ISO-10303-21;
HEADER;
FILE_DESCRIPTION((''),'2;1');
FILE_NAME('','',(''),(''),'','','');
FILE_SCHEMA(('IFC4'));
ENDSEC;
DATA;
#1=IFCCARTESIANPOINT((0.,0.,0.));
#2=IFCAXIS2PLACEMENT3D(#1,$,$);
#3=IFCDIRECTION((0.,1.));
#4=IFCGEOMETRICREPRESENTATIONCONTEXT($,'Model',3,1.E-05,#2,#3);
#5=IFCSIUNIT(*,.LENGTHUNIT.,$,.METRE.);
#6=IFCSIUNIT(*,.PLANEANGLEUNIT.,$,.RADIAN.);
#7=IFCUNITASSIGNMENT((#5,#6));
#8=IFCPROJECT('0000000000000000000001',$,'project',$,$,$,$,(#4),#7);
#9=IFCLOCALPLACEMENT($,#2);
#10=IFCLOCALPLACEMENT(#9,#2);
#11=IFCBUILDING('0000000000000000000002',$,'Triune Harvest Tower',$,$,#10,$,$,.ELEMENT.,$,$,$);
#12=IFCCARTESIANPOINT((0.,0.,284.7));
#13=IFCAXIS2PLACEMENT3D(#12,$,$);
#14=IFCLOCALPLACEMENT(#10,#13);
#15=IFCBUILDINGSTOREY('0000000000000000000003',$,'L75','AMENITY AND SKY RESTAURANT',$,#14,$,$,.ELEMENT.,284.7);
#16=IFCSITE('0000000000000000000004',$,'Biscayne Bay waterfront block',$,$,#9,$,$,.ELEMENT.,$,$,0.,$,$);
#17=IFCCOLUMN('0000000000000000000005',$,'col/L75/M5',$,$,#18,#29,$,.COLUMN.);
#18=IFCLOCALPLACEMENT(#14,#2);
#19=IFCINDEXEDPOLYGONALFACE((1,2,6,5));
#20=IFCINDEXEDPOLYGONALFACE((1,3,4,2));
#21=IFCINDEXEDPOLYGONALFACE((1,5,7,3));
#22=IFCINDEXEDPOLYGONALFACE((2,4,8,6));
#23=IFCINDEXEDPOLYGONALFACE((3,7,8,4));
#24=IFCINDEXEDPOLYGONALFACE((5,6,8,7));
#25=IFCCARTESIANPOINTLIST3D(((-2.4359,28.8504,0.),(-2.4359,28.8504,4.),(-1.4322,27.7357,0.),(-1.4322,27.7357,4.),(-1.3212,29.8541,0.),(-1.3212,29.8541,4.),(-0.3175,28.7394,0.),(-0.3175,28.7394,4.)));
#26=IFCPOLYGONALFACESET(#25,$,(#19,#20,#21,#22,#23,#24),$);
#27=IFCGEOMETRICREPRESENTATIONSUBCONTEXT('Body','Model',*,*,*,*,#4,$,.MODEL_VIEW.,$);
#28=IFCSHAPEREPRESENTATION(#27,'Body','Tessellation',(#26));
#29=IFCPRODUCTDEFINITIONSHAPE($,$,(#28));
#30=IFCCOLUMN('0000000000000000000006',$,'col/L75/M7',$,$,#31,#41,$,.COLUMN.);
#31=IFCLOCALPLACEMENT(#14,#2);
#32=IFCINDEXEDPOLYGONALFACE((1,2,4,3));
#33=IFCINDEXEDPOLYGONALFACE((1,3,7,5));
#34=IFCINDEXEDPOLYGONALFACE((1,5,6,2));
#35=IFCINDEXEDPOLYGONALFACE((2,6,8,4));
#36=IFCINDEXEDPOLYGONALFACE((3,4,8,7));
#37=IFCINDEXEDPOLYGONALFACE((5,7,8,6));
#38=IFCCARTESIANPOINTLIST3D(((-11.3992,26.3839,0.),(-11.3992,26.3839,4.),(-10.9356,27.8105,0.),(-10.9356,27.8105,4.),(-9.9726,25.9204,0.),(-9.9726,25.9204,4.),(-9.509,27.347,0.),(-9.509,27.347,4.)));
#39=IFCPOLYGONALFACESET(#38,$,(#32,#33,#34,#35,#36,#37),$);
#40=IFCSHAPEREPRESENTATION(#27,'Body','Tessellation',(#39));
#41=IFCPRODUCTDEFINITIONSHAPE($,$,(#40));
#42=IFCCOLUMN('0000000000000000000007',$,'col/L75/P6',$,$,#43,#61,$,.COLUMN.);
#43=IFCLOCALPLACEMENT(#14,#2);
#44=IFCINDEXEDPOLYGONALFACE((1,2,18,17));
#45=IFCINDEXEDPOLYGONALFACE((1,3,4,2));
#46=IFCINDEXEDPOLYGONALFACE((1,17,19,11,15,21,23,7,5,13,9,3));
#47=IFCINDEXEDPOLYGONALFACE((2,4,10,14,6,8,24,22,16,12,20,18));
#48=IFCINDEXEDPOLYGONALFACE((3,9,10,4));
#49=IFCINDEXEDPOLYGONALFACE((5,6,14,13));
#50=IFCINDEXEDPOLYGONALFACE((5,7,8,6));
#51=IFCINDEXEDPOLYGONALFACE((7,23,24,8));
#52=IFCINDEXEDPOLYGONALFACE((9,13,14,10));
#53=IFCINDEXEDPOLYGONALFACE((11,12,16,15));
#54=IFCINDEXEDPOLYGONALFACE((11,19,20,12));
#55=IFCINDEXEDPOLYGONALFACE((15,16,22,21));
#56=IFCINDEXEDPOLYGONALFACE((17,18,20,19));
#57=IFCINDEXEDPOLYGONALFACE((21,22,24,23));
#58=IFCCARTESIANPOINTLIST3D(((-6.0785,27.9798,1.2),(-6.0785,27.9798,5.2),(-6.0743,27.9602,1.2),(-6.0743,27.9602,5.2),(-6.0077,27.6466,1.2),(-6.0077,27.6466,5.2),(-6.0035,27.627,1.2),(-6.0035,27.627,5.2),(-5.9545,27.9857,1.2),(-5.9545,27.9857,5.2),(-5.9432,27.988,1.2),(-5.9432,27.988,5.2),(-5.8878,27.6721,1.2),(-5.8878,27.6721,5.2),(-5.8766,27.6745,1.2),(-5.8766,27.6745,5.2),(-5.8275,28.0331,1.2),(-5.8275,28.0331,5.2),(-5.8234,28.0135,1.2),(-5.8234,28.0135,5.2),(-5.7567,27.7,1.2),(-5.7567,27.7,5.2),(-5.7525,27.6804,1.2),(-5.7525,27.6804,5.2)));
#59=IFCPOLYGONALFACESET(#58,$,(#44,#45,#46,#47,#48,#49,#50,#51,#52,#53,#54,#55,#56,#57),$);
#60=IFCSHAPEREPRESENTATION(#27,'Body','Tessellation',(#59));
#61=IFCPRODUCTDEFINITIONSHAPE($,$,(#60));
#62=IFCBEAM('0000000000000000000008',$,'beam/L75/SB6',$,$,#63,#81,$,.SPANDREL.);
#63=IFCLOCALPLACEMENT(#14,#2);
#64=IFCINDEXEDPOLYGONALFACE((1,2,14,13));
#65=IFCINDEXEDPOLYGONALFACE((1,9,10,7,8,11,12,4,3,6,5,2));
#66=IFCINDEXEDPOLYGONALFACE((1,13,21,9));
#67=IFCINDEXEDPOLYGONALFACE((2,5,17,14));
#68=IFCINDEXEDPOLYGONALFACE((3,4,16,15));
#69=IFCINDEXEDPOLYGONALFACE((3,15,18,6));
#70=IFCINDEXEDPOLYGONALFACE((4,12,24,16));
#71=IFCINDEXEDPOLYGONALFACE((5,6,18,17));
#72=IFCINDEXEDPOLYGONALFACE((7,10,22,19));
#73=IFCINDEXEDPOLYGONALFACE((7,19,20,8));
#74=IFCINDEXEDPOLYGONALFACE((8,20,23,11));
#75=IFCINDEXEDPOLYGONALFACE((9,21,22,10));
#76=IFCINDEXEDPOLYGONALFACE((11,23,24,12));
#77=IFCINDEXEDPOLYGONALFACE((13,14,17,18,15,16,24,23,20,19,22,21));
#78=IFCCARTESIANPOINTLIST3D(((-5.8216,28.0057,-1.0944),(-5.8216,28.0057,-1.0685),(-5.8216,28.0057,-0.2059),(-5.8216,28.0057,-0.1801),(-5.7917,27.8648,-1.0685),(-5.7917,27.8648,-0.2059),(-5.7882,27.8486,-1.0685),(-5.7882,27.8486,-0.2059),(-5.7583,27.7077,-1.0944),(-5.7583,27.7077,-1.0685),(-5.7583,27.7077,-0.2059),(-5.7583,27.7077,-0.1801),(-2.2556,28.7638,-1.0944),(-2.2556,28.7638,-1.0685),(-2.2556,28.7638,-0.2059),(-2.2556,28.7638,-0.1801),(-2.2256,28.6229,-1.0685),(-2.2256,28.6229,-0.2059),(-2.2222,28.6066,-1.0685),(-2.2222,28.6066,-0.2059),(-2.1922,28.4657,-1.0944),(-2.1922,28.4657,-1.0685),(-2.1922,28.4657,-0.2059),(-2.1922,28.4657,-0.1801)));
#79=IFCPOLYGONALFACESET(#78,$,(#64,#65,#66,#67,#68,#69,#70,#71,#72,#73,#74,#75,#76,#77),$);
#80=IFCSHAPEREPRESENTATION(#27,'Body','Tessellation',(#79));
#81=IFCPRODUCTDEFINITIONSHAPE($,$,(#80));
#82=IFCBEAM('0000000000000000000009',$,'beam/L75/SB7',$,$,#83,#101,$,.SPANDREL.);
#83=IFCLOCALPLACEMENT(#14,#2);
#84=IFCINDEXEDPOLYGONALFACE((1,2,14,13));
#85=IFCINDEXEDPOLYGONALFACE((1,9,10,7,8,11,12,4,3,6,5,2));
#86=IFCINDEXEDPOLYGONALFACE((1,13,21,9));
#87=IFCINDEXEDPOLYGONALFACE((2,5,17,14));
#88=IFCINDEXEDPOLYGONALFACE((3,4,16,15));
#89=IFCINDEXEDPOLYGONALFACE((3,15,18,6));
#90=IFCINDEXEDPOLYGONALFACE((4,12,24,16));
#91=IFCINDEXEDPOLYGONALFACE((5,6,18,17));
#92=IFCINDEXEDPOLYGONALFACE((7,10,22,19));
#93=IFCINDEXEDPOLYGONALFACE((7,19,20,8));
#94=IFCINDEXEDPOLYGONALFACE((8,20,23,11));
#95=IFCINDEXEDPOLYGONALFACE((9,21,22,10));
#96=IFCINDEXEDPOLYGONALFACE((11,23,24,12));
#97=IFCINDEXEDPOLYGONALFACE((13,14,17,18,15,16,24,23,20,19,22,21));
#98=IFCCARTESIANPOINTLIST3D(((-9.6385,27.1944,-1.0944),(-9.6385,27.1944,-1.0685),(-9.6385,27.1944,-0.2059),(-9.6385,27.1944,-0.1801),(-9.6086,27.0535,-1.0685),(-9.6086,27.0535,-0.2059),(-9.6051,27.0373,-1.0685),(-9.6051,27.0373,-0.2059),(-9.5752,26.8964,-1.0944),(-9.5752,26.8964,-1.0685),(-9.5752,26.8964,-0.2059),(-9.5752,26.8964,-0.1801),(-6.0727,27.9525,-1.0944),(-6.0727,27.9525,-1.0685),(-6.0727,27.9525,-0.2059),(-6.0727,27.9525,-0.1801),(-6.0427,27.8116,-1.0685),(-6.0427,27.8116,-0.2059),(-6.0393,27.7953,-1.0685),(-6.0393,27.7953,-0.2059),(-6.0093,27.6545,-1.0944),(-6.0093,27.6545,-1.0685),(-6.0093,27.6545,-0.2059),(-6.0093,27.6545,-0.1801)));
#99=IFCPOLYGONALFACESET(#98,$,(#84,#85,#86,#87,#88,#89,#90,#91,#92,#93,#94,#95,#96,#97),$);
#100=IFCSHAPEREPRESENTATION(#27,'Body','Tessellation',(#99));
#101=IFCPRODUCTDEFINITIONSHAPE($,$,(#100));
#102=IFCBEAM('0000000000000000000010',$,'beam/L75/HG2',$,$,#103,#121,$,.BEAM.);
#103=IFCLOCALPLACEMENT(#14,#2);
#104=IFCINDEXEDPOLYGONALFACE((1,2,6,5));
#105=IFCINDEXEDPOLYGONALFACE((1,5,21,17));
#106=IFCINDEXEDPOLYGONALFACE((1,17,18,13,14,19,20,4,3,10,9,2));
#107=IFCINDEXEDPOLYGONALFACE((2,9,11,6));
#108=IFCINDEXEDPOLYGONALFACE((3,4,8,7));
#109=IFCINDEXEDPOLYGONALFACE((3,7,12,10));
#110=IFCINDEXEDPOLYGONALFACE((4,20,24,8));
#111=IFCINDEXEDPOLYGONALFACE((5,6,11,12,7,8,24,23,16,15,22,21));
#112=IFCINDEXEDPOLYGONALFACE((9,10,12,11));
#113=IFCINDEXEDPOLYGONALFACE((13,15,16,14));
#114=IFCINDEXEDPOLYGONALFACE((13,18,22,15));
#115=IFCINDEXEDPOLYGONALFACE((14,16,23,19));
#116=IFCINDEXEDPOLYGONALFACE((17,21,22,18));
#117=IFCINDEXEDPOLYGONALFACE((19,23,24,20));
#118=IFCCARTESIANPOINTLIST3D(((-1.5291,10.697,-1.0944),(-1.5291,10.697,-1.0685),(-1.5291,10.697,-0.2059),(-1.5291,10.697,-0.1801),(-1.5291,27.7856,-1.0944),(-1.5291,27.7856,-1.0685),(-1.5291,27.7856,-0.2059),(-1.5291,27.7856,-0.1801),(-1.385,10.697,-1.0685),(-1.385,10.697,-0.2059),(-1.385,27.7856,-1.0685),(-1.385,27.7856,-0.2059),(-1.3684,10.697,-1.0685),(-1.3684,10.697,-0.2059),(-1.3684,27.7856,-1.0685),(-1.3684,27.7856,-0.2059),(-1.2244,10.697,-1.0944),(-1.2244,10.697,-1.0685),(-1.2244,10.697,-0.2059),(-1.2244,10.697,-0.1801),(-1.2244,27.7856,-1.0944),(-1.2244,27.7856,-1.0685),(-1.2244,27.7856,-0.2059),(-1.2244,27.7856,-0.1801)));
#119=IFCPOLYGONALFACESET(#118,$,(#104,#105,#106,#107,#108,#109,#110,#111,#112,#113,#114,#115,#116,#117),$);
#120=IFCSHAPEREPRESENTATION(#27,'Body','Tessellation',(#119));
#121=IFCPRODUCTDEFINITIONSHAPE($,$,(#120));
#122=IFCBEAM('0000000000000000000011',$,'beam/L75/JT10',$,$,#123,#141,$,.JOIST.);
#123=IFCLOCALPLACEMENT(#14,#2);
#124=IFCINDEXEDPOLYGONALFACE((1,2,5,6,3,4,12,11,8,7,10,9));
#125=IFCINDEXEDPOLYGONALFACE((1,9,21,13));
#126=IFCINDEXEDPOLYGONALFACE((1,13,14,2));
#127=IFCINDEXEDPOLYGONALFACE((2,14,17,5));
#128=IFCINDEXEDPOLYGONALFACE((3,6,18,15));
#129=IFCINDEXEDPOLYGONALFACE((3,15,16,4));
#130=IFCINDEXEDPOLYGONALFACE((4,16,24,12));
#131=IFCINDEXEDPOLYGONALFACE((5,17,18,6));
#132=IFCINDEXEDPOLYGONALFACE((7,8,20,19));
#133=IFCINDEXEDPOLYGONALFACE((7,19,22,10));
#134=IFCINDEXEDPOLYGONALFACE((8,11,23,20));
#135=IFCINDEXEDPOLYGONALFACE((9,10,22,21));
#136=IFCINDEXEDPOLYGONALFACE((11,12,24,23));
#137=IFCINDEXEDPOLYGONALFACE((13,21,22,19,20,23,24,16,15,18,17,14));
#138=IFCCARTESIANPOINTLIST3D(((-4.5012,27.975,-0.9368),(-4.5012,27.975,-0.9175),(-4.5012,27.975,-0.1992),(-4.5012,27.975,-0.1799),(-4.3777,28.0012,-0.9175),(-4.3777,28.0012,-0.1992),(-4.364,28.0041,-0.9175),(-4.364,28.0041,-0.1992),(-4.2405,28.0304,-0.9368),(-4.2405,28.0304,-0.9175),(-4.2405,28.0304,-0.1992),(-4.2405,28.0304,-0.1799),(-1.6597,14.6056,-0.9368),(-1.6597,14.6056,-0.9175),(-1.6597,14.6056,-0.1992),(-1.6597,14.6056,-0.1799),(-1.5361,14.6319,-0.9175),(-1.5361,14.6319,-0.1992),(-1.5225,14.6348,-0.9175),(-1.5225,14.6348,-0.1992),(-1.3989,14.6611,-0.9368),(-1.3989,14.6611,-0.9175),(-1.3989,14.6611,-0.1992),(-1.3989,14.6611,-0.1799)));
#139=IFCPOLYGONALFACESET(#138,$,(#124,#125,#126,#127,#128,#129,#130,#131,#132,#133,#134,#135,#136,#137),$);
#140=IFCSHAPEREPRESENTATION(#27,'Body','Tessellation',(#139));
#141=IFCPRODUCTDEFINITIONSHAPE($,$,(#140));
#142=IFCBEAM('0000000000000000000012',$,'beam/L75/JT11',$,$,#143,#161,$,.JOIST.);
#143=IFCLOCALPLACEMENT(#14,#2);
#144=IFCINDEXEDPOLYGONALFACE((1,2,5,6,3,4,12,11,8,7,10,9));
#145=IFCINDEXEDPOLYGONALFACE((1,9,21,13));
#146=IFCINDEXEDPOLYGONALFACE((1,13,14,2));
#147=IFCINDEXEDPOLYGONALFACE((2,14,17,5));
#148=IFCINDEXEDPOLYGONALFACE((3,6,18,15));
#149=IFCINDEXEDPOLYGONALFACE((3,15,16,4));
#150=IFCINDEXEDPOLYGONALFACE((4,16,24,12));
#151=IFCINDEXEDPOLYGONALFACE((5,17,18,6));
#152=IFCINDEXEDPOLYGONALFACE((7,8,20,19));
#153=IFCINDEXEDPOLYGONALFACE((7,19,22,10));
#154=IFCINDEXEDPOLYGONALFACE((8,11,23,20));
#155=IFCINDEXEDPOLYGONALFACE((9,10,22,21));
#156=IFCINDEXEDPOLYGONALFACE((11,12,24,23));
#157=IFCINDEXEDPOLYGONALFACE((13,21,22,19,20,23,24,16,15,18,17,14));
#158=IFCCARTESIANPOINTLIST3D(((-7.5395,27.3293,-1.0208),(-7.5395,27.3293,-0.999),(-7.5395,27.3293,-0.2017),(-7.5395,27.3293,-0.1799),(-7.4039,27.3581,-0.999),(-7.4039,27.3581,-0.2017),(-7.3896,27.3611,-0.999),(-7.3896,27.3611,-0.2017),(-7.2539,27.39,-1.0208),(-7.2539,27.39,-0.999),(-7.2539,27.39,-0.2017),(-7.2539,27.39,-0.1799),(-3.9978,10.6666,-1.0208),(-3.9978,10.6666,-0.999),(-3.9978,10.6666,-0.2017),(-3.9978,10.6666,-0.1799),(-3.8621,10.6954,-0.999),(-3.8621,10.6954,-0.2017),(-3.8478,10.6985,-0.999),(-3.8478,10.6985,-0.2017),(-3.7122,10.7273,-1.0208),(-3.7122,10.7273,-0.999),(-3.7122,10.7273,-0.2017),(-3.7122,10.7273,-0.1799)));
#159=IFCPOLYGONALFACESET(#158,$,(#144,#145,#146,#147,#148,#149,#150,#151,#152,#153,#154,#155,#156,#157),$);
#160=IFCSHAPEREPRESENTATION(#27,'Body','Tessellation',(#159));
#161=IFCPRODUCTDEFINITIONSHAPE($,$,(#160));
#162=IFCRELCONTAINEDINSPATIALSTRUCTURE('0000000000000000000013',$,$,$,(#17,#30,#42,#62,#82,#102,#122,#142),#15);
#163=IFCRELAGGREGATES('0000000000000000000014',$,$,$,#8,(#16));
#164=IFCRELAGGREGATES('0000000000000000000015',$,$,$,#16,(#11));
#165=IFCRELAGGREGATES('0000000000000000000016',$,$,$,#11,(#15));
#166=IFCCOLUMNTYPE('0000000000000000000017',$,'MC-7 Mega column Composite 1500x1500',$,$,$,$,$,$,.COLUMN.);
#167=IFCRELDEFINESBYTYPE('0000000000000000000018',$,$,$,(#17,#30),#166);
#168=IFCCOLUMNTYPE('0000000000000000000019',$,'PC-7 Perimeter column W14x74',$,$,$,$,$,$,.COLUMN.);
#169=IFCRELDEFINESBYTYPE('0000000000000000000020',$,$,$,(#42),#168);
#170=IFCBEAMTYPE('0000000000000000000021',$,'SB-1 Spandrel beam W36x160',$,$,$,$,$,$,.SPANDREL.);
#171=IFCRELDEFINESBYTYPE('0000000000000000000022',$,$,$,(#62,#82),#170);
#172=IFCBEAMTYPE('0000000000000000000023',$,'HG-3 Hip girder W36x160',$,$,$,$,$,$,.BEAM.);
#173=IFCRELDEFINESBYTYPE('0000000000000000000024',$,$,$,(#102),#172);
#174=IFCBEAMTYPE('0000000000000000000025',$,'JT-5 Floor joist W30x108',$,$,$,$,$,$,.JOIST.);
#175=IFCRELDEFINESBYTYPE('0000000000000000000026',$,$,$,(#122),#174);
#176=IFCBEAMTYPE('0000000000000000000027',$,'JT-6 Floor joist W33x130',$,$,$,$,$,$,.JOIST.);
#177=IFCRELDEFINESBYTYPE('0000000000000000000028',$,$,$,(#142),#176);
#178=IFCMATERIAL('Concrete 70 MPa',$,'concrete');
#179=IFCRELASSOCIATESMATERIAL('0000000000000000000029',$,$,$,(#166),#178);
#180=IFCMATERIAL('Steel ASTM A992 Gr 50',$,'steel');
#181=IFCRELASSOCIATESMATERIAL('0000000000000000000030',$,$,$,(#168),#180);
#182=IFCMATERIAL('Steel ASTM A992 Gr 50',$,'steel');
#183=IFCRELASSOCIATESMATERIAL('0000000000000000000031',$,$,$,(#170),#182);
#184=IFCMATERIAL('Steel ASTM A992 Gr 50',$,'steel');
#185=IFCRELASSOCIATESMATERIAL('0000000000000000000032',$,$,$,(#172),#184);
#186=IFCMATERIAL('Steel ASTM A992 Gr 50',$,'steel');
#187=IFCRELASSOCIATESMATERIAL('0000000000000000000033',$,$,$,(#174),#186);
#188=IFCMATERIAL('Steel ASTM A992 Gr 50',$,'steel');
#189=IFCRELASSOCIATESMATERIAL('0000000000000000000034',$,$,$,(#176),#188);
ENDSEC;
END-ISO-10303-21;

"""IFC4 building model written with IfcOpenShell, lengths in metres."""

from ifc_helpers import new_model, si_unit, direction, frame, origin, origin_2d, place, context, subcontext, project, spatial, rectangle, i_section, extrude, source, transform, mapped, material, material_profile, profile_set, type_object, element, save


model = new_model("IFC4")

# Units and contexts
model_context = context("Model", 3, precision=1e-05, world=origin(), true_north=direction((0.0, 1.0)))
body_context = subcontext(model_context, "Body", "Model", "MODEL_VIEW")
ifc_project = project(units=[si_unit("LENGTHUNIT", "METRE"), si_unit("PLANEANGLEUNIT", "RADIAN")], contexts=[model_context])

# Site, building, storey
site_placement = place(None, origin())
site = spatial("IfcSite", under=ifc_project, at=site_placement, Name="Biscayne Bay waterfront block", CompositionType="ELEMENT", RefElevation=0.0)
building_placement = place(site_placement, origin())
building = spatial("IfcBuilding", under=site, at=building_placement, Name="Triune Harvest Tower", CompositionType="ELEMENT")
storey_placement = place(building_placement, frame((0.0, 0.0, 284.7)))
storey = spatial("IfcBuildingStorey", under=building, at=storey_placement, Name="L75", Description="AMENITY AND SKY RESTAURANT", CompositionType="ELEMENT", Elevation=284.7)

# Columns
ifc_material_1 = material(Name="Concrete 70 MPa", Category="concrete")
ifc_material_profile_1 = material_profile(ifc_material_1, rectangle(XDim=1.5, YDim=1.5, at=origin_2d()), Name="Composite 1500x1500")
ifc_profile_set_1 = profile_set([ifc_material_profile_1], Name="Concrete 70 MPa")
column_type_1 = type_object("IfcColumnType", Name="MC-7 Mega column Composite 1500x1500", PredefinedType="COLUMN", material=ifc_profile_set_1)
shared_shape_1 = source(origin(), body_context, "Body", "SweptSolid", [
    extrude(rectangle(XDim=1.5, YDim=1.5, at=origin_2d()), origin(), (0.0, 0.0, 1.0), 4.0),
])
for number, where, z_axis, x_axis, name in (
    (1, (-1.3767, 28.7949, 0.0), (0.0, 0.0, 1.0), (-0.669131, 0.743145, 0.0), "col/L75/M5"),
    (2, (-10.4541, 26.8655, 0.0), (0.0, 0.0, 1.0), (-0.309015, -0.951057, 0.0), "col/L75/M7"),
):
    element("IfcColumn", number, at=place(storey_placement, frame(where, z_axis=z_axis, x_axis=x_axis)), inside=storey, type_object=column_type_1, Name=name, PredefinedType="COLUMN", context=body_context, shape_type="MappedRepresentation", body=[
        mapped(shared_shape_1, transform((0.0, 0.0, 0.0), scale=1.0)),
    ])
ifc_material_2 = material(Name="Steel ASTM A992 Gr 50", Category="steel")
ifc_material_profile_2 = material_profile(ifc_material_2, i_section(OverallWidth=0.2566, OverallDepth=0.3606, WebThickness=0.0115, FlangeThickness=0.02, at=origin_2d()), Name="W14x74")
ifc_profile_set_2 = profile_set([ifc_material_profile_2], Name="Steel ASTM A992 Gr 50")
column_type_2 = type_object("IfcColumnType", Name="PC-7 Perimeter column W14x74", PredefinedType="COLUMN", material=ifc_profile_set_2)
shared_shape_2 = source(origin(), body_context, "Body", "SweptSolid", [
    extrude(i_section(OverallWidth=0.2566, OverallDepth=0.3606, WebThickness=0.0115, FlangeThickness=0.02, at=origin_2d()), origin(), (0.0, 0.0, 1.0), 4.0),
])
column_placement = place(storey_placement, frame((-5.9155, 27.8301, 1.2), z_axis=(0.0, 0.0, 1.0), x_axis=(-0.978148, -0.207912, 0.0)))
element("IfcColumn", 3, at=column_placement, inside=storey, type_object=column_type_2, Name="col/L75/P6", PredefinedType="COLUMN", context=body_context, shape_type="MappedRepresentation", body=[
    mapped(shared_shape_2, transform((0.0, 0.0, 0.0), scale=1.0)),
])

# Beams
ifc_material_3 = material(Name="Steel ASTM A992 Gr 50", Category="steel")
ifc_material_profile_3 = material_profile(ifc_material_3, i_section(OverallWidth=0.3047, OverallDepth=0.9143, WebThickness=0.0166, FlangeThickness=0.0259, at=origin_2d()), Name="W36x160")
ifc_profile_set_3 = profile_set([ifc_material_profile_3], Name="Steel ASTM A992 Gr 50")
beam_type_1 = type_object("IfcBeamType", Name="SB-1 Spandrel beam W36x160", PredefinedType="SPANDREL", material=ifc_profile_set_3)
shared_shape_3 = source(origin(), body_context, "Body", "SweptSolid", [
    extrude(i_section(OverallWidth=0.3047, OverallDepth=0.9143, WebThickness=0.0166, FlangeThickness=0.0259, at=origin_2d()), origin(), (0.0, 0.0, 1.0), 3.6458),
])
beam_1_placement = place(storey_placement, frame((-2.2239, 28.6147, -0.6372), z_axis=(-0.978145, -0.207924, 0.0), x_axis=(0.207924, -0.978145, 0.0)))
element("IfcBeam", 4, at=beam_1_placement, inside=storey, type_object=beam_type_1, Name="beam/L75/SB6", PredefinedType="SPANDREL", context=body_context, shape_type="MappedRepresentation", body=[
    mapped(shared_shape_3, transform((0.0, 0.0, 0.0), scale=1.0)),
])
shared_shape_4 = source(origin(), body_context, "Body", "SweptSolid", [
    extrude(i_section(OverallWidth=0.3047, OverallDepth=0.9143, WebThickness=0.0166, FlangeThickness=0.0259, at=origin_2d()), origin(), (0.0, 0.0, 1.0), 3.6455),
])
beam_2_placement = place(storey_placement, frame((-6.041, 27.8035, -0.6372), z_axis=(-0.978142, -0.207937, 0.0), x_axis=(0.207937, -0.978142, 0.0)))
element("IfcBeam", 5, at=beam_2_placement, inside=storey, type_object=beam_type_1, Name="beam/L75/SB7", PredefinedType="SPANDREL", context=body_context, shape_type="MappedRepresentation", body=[
    mapped(shared_shape_4, transform((0.0, 0.0, 0.0), scale=1.0)),
])
ifc_material_4 = material(Name="Steel ASTM A992 Gr 50", Category="steel")
ifc_material_profile_4 = material_profile(ifc_material_4, i_section(OverallWidth=0.3047, OverallDepth=0.9143, WebThickness=0.0166, FlangeThickness=0.0259, at=origin_2d()), Name="W36x160")
ifc_profile_set_4 = profile_set([ifc_material_profile_4], Name="Steel ASTM A992 Gr 50")
beam_type_2 = type_object("IfcBeamType", Name="HG-3 Hip girder W36x160", PredefinedType="BEAM", material=ifc_profile_set_4)
shared_shape_5 = source(origin(), body_context, "Body", "SweptSolid", [
    extrude(i_section(OverallWidth=0.3047, OverallDepth=0.9143, WebThickness=0.0166, FlangeThickness=0.0259, at=origin_2d()), origin(), (0.0, 0.0, 1.0), 17.0886),
])
beam_3_placement = place(storey_placement, frame((-1.3767, 27.7856, -0.6372), z_axis=(0.0, -1.0, 0.0), x_axis=(1.0, 0.0, 0.0)))
element("IfcBeam", 6, at=beam_3_placement, inside=storey, type_object=beam_type_2, Name="beam/L75/HG2", PredefinedType="BEAM", context=body_context, shape_type="MappedRepresentation", body=[
    mapped(shared_shape_5, transform((0.0, 0.0, 0.0), scale=1.0)),
])
ifc_material_5 = material(Name="Steel ASTM A992 Gr 50", Category="steel")
ifc_material_profile_5 = material_profile(ifc_material_5, i_section(OverallWidth=0.2666, OverallDepth=0.7568, WebThickness=0.0139, FlangeThickness=0.0193, at=origin_2d()), Name="W30x108")
ifc_profile_set_5 = profile_set([ifc_material_profile_5], Name="Steel ASTM A992 Gr 50")
beam_type_3 = type_object("IfcBeamType", Name="JT-5 Floor joist W30x108", PredefinedType="JOIST", material=ifc_profile_set_5)
shared_shape_6 = source(origin(), body_context, "Body", "SweptSolid", [
    extrude(i_section(OverallWidth=0.2666, OverallDepth=0.7568, WebThickness=0.0139, FlangeThickness=0.0193, at=origin_2d()), origin(), (0.0, 0.0, 1.0), 13.668),
])
beam_4_placement = place(storey_placement, frame((-4.3708, 28.0027, -0.5583), z_axis=(0.207898, -0.978151, 0.0), x_axis=(0.978151, 0.207898, 0.0)))
element("IfcBeam", 7, at=beam_4_placement, inside=storey, type_object=beam_type_3, Name="beam/L75/JT10", PredefinedType="JOIST", context=body_context, shape_type="MappedRepresentation", body=[
    mapped(shared_shape_6, transform((0.0, 0.0, 0.0), scale=1.0)),
])
ifc_material_6 = material(Name="Steel ASTM A992 Gr 50", Category="steel")
ifc_material_profile_6 = material_profile(ifc_material_6, i_section(OverallWidth=0.292, OverallDepth=0.8408, WebThickness=0.0146, FlangeThickness=0.0217, at=origin_2d()), Name="W33x130")
ifc_profile_set_6 = profile_set([ifc_material_profile_6], Name="Steel ASTM A992 Gr 50")
beam_type_4 = type_object("IfcBeamType", Name="JT-6 Floor joist W33x130", PredefinedType="JOIST", material=ifc_profile_set_6)
shared_shape_7 = source(origin(), body_context, "Body", "SweptSolid", [
    extrude(i_section(OverallWidth=0.292, OverallDepth=0.8408, WebThickness=0.0146, FlangeThickness=0.0217, at=origin_2d()), origin(), (0.0, 0.0, 1.0), 17.0349),
])
beam_5_placement = place(storey_placement, frame((-7.3967, 27.3596, -0.6003), z_axis=(0.207912, -0.978148, 0.0), x_axis=(0.978148, 0.207912, 0.0)))
element("IfcBeam", 8, at=beam_5_placement, inside=storey, type_object=beam_type_4, Name="beam/L75/JT11", PredefinedType="JOIST", context=body_context, shape_type="MappedRepresentation", body=[
    mapped(shared_shape_7, transform((0.0, 0.0, 0.0), scale=1.0)),
])

save(model, "model.ifc")
